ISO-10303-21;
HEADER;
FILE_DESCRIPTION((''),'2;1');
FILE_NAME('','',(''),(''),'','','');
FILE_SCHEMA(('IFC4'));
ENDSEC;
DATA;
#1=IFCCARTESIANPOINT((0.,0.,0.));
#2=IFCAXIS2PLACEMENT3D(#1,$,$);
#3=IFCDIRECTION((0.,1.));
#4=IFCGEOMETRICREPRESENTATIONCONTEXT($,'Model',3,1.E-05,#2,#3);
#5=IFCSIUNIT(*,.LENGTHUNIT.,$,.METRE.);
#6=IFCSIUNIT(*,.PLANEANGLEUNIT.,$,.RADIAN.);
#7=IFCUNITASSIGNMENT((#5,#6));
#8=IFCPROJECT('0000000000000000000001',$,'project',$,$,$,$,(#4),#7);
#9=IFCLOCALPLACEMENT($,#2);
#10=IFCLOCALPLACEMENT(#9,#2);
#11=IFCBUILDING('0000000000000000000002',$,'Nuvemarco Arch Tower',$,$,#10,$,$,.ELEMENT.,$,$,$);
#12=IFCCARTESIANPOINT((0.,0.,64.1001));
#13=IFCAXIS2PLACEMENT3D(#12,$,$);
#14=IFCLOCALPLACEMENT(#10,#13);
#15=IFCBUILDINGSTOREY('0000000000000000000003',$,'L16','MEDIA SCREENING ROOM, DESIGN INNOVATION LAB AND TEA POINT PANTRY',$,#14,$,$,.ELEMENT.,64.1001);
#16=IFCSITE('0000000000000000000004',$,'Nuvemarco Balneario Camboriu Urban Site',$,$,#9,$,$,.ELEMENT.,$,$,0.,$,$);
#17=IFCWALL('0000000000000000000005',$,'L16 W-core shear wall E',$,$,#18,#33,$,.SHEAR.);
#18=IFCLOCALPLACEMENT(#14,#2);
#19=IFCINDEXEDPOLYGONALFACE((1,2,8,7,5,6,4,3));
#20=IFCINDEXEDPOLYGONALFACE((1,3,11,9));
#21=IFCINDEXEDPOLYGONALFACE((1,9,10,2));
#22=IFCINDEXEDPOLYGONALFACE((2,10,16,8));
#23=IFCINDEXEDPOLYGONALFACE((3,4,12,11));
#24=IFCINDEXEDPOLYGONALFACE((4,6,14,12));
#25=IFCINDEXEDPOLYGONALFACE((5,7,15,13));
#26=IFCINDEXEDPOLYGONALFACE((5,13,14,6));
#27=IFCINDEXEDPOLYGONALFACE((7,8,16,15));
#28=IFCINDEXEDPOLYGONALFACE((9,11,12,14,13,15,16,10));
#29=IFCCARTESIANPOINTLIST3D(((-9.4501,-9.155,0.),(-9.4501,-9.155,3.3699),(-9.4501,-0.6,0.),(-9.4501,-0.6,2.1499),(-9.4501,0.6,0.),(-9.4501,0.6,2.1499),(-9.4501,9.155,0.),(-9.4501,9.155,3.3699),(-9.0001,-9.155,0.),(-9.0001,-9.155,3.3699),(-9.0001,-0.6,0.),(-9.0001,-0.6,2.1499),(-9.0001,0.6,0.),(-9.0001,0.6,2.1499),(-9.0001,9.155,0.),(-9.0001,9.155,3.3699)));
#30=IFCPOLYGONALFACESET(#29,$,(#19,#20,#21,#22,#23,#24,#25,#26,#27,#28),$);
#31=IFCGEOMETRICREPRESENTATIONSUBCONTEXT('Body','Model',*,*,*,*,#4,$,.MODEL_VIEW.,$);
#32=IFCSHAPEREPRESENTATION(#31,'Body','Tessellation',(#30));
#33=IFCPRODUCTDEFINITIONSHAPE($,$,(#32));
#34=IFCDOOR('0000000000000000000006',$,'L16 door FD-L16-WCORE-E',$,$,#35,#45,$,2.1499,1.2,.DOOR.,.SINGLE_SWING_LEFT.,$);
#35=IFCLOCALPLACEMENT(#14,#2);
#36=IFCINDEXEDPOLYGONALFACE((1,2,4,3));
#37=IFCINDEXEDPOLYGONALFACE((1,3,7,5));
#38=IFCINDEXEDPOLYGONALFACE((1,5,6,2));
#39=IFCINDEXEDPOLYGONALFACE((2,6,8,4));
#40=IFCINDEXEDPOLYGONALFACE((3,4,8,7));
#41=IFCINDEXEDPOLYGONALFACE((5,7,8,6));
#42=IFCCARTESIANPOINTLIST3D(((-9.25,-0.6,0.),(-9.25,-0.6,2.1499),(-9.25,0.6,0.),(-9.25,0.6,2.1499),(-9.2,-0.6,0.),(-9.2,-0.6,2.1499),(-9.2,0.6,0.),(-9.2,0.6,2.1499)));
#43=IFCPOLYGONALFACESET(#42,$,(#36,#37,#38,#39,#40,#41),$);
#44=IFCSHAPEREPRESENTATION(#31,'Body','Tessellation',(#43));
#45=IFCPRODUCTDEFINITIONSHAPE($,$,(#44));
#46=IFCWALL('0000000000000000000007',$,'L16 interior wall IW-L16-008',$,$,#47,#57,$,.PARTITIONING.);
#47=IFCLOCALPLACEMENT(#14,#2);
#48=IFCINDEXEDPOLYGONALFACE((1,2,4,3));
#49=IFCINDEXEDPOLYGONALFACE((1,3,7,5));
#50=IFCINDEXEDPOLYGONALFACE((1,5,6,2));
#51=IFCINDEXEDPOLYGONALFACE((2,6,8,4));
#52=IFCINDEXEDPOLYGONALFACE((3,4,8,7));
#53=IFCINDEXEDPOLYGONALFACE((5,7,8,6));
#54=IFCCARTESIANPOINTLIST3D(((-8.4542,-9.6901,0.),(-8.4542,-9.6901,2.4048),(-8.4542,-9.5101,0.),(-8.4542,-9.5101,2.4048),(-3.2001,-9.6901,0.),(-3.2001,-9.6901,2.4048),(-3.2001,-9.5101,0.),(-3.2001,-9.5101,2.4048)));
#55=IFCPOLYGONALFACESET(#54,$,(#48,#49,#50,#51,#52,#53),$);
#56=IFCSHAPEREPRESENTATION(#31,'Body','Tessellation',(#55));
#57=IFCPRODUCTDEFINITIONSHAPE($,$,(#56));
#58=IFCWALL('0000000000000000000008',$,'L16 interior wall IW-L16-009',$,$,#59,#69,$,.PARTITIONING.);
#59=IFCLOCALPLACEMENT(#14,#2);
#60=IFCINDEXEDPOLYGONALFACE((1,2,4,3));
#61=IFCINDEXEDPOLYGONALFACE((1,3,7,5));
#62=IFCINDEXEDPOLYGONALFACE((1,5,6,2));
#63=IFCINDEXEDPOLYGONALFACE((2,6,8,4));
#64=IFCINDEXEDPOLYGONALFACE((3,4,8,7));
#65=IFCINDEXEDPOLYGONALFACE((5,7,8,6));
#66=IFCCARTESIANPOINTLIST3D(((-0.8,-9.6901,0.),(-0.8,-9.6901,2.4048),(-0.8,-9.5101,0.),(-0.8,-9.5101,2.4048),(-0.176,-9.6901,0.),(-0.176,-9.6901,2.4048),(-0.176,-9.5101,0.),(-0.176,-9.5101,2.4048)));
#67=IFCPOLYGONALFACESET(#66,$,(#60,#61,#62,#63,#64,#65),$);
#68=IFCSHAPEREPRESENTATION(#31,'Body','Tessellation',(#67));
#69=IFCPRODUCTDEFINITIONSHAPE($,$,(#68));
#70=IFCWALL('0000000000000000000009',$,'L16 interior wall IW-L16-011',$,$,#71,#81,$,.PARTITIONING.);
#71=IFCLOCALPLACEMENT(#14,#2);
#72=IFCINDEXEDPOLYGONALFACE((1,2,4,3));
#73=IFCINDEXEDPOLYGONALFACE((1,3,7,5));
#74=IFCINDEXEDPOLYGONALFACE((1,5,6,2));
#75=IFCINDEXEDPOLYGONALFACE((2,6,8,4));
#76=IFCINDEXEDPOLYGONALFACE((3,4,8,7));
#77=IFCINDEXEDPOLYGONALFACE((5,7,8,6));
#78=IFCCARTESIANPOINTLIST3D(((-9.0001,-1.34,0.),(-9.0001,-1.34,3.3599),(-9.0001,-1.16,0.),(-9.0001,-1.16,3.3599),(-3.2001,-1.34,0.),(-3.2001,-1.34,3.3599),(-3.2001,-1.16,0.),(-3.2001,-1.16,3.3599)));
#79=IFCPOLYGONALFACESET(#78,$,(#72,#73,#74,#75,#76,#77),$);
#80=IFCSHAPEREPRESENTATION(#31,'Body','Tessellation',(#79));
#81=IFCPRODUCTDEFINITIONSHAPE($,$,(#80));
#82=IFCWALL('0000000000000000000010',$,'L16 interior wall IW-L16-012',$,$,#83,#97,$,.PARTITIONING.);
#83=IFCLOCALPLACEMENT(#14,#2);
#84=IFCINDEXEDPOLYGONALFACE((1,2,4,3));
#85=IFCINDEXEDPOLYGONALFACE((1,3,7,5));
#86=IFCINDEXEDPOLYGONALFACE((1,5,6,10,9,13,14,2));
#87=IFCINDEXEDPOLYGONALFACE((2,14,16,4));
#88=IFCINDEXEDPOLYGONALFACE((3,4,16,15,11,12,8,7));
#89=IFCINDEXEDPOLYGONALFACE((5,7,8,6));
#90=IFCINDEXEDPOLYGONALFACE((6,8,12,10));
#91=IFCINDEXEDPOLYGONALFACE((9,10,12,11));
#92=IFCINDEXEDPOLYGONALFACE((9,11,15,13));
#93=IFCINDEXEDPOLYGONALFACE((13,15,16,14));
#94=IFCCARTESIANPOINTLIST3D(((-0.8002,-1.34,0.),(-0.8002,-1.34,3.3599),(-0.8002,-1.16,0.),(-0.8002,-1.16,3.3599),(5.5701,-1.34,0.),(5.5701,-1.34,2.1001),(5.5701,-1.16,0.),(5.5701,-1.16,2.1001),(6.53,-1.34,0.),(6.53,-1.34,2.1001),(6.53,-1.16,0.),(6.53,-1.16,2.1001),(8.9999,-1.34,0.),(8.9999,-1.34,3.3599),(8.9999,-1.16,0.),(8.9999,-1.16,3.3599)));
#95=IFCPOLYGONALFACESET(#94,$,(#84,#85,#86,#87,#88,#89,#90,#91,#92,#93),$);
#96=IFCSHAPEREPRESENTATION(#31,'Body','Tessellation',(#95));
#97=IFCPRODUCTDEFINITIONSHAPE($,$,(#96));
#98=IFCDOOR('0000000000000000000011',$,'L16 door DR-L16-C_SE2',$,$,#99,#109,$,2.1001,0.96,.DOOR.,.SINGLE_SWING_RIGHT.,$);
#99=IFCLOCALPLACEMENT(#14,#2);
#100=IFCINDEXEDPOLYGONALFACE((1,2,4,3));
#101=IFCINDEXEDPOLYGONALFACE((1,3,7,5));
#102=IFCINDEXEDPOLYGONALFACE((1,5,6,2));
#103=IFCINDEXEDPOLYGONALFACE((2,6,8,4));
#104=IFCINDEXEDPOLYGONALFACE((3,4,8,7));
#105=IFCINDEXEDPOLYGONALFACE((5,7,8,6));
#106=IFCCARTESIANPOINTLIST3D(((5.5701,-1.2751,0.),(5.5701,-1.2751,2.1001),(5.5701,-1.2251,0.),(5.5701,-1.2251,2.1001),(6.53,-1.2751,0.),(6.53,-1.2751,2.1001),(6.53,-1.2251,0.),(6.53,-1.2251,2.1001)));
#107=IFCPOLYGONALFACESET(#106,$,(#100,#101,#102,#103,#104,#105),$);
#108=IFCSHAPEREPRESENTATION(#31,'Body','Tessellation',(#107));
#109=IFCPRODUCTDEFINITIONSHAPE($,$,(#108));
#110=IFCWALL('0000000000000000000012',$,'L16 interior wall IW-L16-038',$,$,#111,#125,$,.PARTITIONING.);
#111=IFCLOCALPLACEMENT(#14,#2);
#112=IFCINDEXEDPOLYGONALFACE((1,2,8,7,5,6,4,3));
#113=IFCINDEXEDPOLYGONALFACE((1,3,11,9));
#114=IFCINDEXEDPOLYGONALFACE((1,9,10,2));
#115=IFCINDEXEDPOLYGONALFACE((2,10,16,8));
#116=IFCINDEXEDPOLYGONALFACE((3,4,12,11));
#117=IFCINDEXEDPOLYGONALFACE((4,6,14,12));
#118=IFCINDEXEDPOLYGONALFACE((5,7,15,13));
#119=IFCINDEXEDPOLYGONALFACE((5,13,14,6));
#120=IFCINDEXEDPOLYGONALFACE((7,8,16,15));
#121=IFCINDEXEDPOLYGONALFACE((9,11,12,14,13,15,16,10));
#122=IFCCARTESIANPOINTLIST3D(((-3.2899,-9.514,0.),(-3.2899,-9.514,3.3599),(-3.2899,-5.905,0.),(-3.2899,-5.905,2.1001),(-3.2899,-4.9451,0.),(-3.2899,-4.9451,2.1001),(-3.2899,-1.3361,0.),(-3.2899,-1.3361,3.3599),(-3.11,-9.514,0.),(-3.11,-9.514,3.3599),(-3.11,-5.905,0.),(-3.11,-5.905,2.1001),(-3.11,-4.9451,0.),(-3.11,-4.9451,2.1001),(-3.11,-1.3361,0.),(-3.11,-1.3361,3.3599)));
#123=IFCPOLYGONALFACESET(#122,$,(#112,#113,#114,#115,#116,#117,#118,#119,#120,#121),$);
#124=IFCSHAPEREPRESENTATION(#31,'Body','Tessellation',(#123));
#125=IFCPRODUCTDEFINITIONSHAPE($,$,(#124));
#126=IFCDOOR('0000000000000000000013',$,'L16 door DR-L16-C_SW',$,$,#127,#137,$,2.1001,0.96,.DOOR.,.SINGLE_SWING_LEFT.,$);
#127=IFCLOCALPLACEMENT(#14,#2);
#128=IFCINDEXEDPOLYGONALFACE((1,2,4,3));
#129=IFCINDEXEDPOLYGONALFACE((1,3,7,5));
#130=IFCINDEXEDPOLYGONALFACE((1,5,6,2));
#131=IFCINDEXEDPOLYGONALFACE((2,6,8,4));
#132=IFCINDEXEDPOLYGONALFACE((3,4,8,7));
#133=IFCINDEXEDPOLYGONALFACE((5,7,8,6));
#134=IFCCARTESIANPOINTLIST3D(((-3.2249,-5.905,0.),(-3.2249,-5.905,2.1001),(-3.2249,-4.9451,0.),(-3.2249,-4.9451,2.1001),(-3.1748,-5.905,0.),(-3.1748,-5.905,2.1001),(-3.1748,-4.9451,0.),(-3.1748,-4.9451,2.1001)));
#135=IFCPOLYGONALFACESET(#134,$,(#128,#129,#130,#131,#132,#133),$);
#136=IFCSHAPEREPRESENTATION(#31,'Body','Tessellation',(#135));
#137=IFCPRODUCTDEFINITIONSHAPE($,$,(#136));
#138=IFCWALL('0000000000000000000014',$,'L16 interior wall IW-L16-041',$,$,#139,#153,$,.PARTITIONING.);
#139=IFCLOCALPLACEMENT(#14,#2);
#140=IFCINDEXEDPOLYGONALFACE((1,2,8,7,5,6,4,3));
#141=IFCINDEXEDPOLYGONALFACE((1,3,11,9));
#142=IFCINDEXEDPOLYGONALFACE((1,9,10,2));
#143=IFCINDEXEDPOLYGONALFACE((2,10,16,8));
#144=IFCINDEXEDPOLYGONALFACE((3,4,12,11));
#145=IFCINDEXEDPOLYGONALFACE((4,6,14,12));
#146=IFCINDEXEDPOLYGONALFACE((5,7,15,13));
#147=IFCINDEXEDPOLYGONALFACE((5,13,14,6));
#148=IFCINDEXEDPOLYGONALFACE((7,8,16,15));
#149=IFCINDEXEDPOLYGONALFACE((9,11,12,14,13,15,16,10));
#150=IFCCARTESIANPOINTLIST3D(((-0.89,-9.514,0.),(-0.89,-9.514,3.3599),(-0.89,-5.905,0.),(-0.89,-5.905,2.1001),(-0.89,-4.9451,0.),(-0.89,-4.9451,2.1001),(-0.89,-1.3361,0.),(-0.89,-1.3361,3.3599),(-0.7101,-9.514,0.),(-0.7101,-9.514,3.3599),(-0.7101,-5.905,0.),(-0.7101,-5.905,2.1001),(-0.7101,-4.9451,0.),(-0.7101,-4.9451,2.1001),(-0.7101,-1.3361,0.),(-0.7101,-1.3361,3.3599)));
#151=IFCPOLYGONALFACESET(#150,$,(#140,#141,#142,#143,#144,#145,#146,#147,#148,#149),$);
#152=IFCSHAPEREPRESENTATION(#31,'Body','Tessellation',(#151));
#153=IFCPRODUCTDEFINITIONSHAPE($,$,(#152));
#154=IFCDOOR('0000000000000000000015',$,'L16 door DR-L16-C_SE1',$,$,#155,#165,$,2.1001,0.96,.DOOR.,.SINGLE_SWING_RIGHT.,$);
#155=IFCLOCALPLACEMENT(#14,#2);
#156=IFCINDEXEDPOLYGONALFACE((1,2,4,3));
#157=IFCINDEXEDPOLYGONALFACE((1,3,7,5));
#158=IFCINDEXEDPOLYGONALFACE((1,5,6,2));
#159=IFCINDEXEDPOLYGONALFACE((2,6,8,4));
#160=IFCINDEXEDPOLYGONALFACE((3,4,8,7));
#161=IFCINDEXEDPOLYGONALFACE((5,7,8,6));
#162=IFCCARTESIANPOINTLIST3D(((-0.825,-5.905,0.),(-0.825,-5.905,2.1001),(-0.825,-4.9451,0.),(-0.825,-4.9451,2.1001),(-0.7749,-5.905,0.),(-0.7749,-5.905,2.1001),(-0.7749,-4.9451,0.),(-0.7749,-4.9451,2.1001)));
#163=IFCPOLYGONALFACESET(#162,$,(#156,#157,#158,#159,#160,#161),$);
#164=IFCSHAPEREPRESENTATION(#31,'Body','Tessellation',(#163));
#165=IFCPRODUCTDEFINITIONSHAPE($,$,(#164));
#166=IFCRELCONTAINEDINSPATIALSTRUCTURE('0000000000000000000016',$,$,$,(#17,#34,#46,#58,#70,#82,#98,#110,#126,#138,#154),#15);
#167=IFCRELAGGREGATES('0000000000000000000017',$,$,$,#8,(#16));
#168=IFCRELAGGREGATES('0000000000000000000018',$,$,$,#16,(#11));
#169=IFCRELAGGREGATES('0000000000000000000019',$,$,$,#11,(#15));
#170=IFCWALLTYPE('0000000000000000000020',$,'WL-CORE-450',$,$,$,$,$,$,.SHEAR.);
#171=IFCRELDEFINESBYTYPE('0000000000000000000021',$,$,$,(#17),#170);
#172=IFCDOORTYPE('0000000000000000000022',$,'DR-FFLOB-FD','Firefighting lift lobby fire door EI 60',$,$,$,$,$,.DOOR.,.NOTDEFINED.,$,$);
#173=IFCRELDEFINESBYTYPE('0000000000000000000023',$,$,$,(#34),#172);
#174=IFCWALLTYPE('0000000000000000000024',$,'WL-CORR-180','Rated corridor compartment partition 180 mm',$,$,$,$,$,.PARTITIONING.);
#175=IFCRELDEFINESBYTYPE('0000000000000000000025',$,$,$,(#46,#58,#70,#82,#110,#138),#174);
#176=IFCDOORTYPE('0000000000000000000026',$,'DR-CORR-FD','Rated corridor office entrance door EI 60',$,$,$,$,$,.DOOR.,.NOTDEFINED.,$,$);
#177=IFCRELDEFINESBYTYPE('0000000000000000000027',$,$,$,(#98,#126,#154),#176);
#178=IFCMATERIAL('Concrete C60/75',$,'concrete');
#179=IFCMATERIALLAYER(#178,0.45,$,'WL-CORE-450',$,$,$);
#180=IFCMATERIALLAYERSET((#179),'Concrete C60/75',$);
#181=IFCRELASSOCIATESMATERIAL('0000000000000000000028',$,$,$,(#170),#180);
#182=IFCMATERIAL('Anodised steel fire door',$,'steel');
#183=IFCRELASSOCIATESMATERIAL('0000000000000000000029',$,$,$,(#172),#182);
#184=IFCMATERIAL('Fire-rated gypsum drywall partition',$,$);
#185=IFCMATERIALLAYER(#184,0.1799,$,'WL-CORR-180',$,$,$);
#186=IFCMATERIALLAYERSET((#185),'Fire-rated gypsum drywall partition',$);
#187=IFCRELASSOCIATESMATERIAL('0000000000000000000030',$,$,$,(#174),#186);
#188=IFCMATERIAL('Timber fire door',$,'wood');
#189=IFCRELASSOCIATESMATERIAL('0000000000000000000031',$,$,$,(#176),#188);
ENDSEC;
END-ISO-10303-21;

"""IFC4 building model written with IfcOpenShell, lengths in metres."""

from ifc_helpers import new_model, si_unit, direction, frame, frame_2d, origin, place, context, subcontext, project, spatial, rectangle, extrude, source, transform, mapped, material, layer, layer_set, type_object, type_shapes, element, fill, save


model = new_model("IFC4")

# Units and contexts
model_context = context("Model", 3, precision=1e-05, world=origin(), true_north=direction((0.0, 1.0)))
body_context = subcontext(model_context, "Body", "Model", "MODEL_VIEW")
ifc_project = project(units=[si_unit("LENGTHUNIT", "METRE"), si_unit("PLANEANGLEUNIT", "RADIAN")], contexts=[model_context])

# Site, building, storey
site_placement = place(None, origin())
site = spatial("IfcSite", under=ifc_project, at=site_placement, Name="Nuvemarco Balneario Camboriu Urban Site", CompositionType="ELEMENT", RefElevation=0.0)
building_placement = place(site_placement, origin())
building = spatial("IfcBuilding", under=site, at=building_placement, Name="Nuvemarco Arch Tower", CompositionType="ELEMENT")
storey_placement = place(building_placement, frame((0.0, 0.0, 64.1001)))
storey = spatial("IfcBuildingStorey", under=building, at=storey_placement, Name="L16", Description="MEDIA SCREENING ROOM, DESIGN INNOVATION LAB AND TEA POINT PANTRY", CompositionType="ELEMENT", Elevation=64.1001)

# Shared definitions
ifc_material_1 = material(Name="Concrete C60/75", Category="concrete")

# Wall, opening, door
ifc_layer_1 = layer(ifc_material_1, 0.45, Name="WL-CORE-450")
ifc_layer_set_1 = layer_set([ifc_layer_1], Name="Concrete C60/75")
wall_type_1 = type_object("IfcWallType", Name="WL-CORE-450", PredefinedType="SHEAR", material=ifc_layer_set_1)
wall_1_placement = place(storey_placement, frame((-9.2251, -9.155, 0.0), z_axis=(0.0, 0.0, 1.0), x_axis=(0.0, 1.0, 0.0)))
wall_1 = element("IfcWall", 1, at=wall_1_placement, inside=storey, type_object=wall_type_1, Name="L16 W-core shear wall E", PredefinedType="SHEAR", context=body_context, shape_type="SweptSolid", body=[
    extrude(rectangle(XDim=18.3101, YDim=0.45, at=frame_2d((9.155, 0.0))), origin(), (0.0, 0.0, 1.0), 3.3699),
])
opening_1_placement = place(wall_1_placement, frame((8.5549, 0.0, 0.0)))
opening_1 = element("IfcOpeningElement", 2, at=opening_1_placement, cuts=wall_1, PredefinedType="OPENING", context=body_context, shape_type="SweptSolid", body=[
    extrude(rectangle(XDim=1.2, YDim=2.1499, at=frame_2d((0.6001, 1.075))), frame((0.0, 0.2349, 0.0), z_axis=(0.0, -1.0, 0.0), x_axis=(1.0, 0.0, 0.0)), (0.0, 0.0, 1.0), 0.47),
])
ifc_material_2 = material(Name="Anodised steel fire door", Category="steel")
door_type_1 = type_object("IfcDoorType", Name="DR-FFLOB-FD", Description="Firefighting lift lobby fire door EI 60", OperationType="NOTDEFINED", PredefinedType="DOOR", material=ifc_material_2)
shared_shape_1 = source(origin(), body_context, "Body", "SweptSolid", [
    extrude(rectangle(XDim=1.2, YDim=2.1499, at=frame_2d((0.6001, 1.075))), frame((0.0, 0.0249, 0.0), z_axis=(0.0, -1.0, 0.0), x_axis=(1.0, 0.0, 0.0)), (0.0, 0.0, 1.0), 0.05),
])
type_shapes(door_type_1, [shared_shape_1])
door_1_placement = place(opening_1_placement, origin())
door_1 = element("IfcDoor", 3, at=door_1_placement, inside=storey, type_object=door_type_1, Name="L16 door FD-L16-WCORE-E", OperationType="SINGLE_SWING_LEFT", OverallHeight=2.1499, OverallWidth=1.2, PredefinedType="DOOR", context=body_context, shape_type="MappedRepresentation", body=[
    mapped(shared_shape_1, transform((0.0, 0.0, 0.0), scale=1.0)),
])
fill(opening_1, door_1)

# Walls
ifc_material_3 = material(Name="Fire-rated gypsum drywall partition")
ifc_layer_2 = layer(ifc_material_3, 0.1799, Name="WL-CORR-180")
ifc_layer_set_2 = layer_set([ifc_layer_2], Name="Fire-rated gypsum drywall partition")
wall_type_2 = type_object("IfcWallType", Name="WL-CORR-180", Description="Rated corridor compartment partition 180 mm", PredefinedType="PARTITIONING", material=ifc_layer_set_2)
wall_2_placement = place(storey_placement, frame((-8.4541, -9.6001, 0.0), z_axis=(0.0, 0.0, 1.0), x_axis=(1.0, 0.0, 0.0)))
element("IfcWall", 4, at=wall_2_placement, inside=storey, type_object=wall_type_2, Name="L16 interior wall IW-L16-008", PredefinedType="PARTITIONING", context=body_context, shape_type="SweptSolid", body=[
    extrude(rectangle(XDim=5.2542, YDim=0.1799, at=frame_2d((2.627, 0.0))), origin(), (0.0, 0.0, 1.0), 2.4048),
])
wall_3_placement = place(storey_placement, frame((-0.8, -9.6001, 0.0), z_axis=(0.0, 0.0, 1.0), x_axis=(1.0, 0.0, 0.0)))
element("IfcWall", 5, at=wall_3_placement, inside=storey, type_object=wall_type_2, Name="L16 interior wall IW-L16-009", PredefinedType="PARTITIONING", context=body_context, shape_type="SweptSolid", body=[
    extrude(rectangle(XDim=0.624, YDim=0.1799, at=frame_2d((0.312, 0.0))), origin(), (0.0, 0.0, 1.0), 2.4048),
])
wall_4_placement = place(storey_placement, frame((-9.0, -1.25, 0.0), z_axis=(0.0, 0.0, 1.0), x_axis=(1.0, 0.0, 0.0)))
element("IfcWall", 6, at=wall_4_placement, inside=storey, type_object=wall_type_2, Name="L16 interior wall IW-L16-011", PredefinedType="PARTITIONING", context=body_context, shape_type="SweptSolid", body=[
    extrude(rectangle(XDim=5.8, YDim=0.1799, at=frame_2d((2.8999, 0.0))), origin(), (0.0, 0.0, 1.0), 3.3599),
])

# Walls, openings, doors
wall_5_placement = place(storey_placement, frame((-0.8, -1.25, 0.0), z_axis=(0.0, 0.0, 1.0), x_axis=(1.0, 0.0, 0.0)))
wall_5 = element("IfcWall", 7, at=wall_5_placement, inside=storey, type_object=wall_type_2, Name="L16 interior wall IW-L16-012", PredefinedType="PARTITIONING", context=body_context, shape_type="SweptSolid", body=[
    extrude(rectangle(XDim=9.8, YDim=0.1799, at=frame_2d((4.8999, 0.0))), origin(), (0.0, 0.0, 1.0), 3.3599),
])
opening_2_placement = place(wall_5_placement, frame((6.3701, 0.0, 0.0)))
opening_2 = element("IfcOpeningElement", 8, at=opening_2_placement, cuts=wall_5, PredefinedType="OPENING", context=body_context, shape_type="SweptSolid", body=[
    extrude(rectangle(XDim=0.96, YDim=2.1001, at=frame_2d((0.48, 1.05))), frame((0.0, 0.0999, 0.0), z_axis=(0.0, -1.0, 0.0), x_axis=(1.0, 0.0, 0.0)), (0.0, 0.0, 1.0), 0.2),
])
ifc_material_4 = material(Name="Timber fire door", Category="wood")
door_type_2 = type_object("IfcDoorType", Name="DR-CORR-FD", Description="Rated corridor office entrance door EI 60", OperationType="NOTDEFINED", PredefinedType="DOOR", material=ifc_material_4)
shared_shape_2 = source(origin(), body_context, "Body", "SweptSolid", [
    extrude(rectangle(XDim=0.96, YDim=2.1001, at=frame_2d((0.48, 1.05))), frame((0.0, 0.0249, 0.0), z_axis=(0.0, -1.0, 0.0), x_axis=(1.0, 0.0, 0.0)), (0.0, 0.0, 1.0), 0.05),
])
type_shapes(door_type_2, [shared_shape_2])
door_2_placement = place(opening_2_placement, origin())
door_2 = element("IfcDoor", 9, at=door_2_placement, inside=storey, type_object=door_type_2, Name="L16 door DR-L16-C_SE2", OperationType="SINGLE_SWING_RIGHT", OverallHeight=2.1001, OverallWidth=0.96, PredefinedType="DOOR", context=body_context, shape_type="MappedRepresentation", body=[
    mapped(shared_shape_2, transform((0.0, 0.0, 0.0), scale=1.0)),
])
fill(opening_2, door_2)
wall_6_placement = place(storey_placement, frame((-3.2, -9.5139, 0.0), z_axis=(0.0, 0.0, 1.0), x_axis=(0.0, 1.0, 0.0)))
wall_6 = element("IfcWall", 10, at=wall_6_placement, inside=storey, type_object=wall_type_2, Name="L16 interior wall IW-L16-038", PredefinedType="PARTITIONING", context=body_context, shape_type="SweptSolid", body=[
    extrude(rectangle(XDim=8.178, YDim=0.1799, at=frame_2d((4.0889, 0.0))), origin(), (0.0, 0.0, 1.0), 3.3599),
])
opening_3_placement = place(wall_6_placement, frame((3.6089, 0.0, 0.0)))
opening_3 = element("IfcOpeningElement", 11, at=opening_3_placement, cuts=wall_6, PredefinedType="OPENING", context=body_context, shape_type="SweptSolid", body=[
    extrude(rectangle(XDim=0.96, YDim=2.1001, at=frame_2d((0.48, 1.05))), frame((0.0, 0.0999, 0.0), z_axis=(0.0, -1.0, 0.0), x_axis=(1.0, 0.0, 0.0)), (0.0, 0.0, 1.0), 0.2),
])
door_3_placement = place(opening_3_placement, origin())
door_3 = element("IfcDoor", 12, at=door_3_placement, inside=storey, type_object=door_type_2, Name="L16 door DR-L16-C_SW", OperationType="SINGLE_SWING_LEFT", OverallHeight=2.1001, OverallWidth=0.96, PredefinedType="DOOR", context=body_context, shape_type="MappedRepresentation", body=[
    mapped(shared_shape_2, transform((0.0, 0.0, 0.0), scale=1.0)),
])
fill(opening_3, door_3)
wall_7_placement = place(storey_placement, frame((-0.8, -9.5139, 0.0), z_axis=(0.0, 0.0, 1.0), x_axis=(0.0, 1.0, 0.0)))
wall_7 = element("IfcWall", 13, at=wall_7_placement, inside=storey, type_object=wall_type_2, Name="L16 interior wall IW-L16-041", PredefinedType="PARTITIONING", context=body_context, shape_type="SweptSolid", body=[
    extrude(rectangle(XDim=8.178, YDim=0.1799, at=frame_2d((4.0889, 0.0))), origin(), (0.0, 0.0, 1.0), 3.3599),
])
opening_4_placement = place(wall_7_placement, frame((3.6089, 0.0, 0.0)))
opening_4 = element("IfcOpeningElement", 14, at=opening_4_placement, cuts=wall_7, PredefinedType="OPENING", context=body_context, shape_type="SweptSolid", body=[
    extrude(rectangle(XDim=0.96, YDim=2.1001, at=frame_2d((0.48, 1.05))), frame((0.0, 0.0999, 0.0), z_axis=(0.0, -1.0, 0.0), x_axis=(1.0, 0.0, 0.0)), (0.0, 0.0, 1.0), 0.2),
])
door_4_placement = place(opening_4_placement, origin())
door_4 = element("IfcDoor", 15, at=door_4_placement, inside=storey, type_object=door_type_2, Name="L16 door DR-L16-C_SE1", OperationType="SINGLE_SWING_RIGHT", OverallHeight=2.1001, OverallWidth=0.96, PredefinedType="DOOR", context=body_context, shape_type="MappedRepresentation", body=[
    mapped(shared_shape_2, transform((0.0, 0.0, 0.0), scale=1.0)),
])
fill(opening_4, door_4)

save(model, "model.ifc")
